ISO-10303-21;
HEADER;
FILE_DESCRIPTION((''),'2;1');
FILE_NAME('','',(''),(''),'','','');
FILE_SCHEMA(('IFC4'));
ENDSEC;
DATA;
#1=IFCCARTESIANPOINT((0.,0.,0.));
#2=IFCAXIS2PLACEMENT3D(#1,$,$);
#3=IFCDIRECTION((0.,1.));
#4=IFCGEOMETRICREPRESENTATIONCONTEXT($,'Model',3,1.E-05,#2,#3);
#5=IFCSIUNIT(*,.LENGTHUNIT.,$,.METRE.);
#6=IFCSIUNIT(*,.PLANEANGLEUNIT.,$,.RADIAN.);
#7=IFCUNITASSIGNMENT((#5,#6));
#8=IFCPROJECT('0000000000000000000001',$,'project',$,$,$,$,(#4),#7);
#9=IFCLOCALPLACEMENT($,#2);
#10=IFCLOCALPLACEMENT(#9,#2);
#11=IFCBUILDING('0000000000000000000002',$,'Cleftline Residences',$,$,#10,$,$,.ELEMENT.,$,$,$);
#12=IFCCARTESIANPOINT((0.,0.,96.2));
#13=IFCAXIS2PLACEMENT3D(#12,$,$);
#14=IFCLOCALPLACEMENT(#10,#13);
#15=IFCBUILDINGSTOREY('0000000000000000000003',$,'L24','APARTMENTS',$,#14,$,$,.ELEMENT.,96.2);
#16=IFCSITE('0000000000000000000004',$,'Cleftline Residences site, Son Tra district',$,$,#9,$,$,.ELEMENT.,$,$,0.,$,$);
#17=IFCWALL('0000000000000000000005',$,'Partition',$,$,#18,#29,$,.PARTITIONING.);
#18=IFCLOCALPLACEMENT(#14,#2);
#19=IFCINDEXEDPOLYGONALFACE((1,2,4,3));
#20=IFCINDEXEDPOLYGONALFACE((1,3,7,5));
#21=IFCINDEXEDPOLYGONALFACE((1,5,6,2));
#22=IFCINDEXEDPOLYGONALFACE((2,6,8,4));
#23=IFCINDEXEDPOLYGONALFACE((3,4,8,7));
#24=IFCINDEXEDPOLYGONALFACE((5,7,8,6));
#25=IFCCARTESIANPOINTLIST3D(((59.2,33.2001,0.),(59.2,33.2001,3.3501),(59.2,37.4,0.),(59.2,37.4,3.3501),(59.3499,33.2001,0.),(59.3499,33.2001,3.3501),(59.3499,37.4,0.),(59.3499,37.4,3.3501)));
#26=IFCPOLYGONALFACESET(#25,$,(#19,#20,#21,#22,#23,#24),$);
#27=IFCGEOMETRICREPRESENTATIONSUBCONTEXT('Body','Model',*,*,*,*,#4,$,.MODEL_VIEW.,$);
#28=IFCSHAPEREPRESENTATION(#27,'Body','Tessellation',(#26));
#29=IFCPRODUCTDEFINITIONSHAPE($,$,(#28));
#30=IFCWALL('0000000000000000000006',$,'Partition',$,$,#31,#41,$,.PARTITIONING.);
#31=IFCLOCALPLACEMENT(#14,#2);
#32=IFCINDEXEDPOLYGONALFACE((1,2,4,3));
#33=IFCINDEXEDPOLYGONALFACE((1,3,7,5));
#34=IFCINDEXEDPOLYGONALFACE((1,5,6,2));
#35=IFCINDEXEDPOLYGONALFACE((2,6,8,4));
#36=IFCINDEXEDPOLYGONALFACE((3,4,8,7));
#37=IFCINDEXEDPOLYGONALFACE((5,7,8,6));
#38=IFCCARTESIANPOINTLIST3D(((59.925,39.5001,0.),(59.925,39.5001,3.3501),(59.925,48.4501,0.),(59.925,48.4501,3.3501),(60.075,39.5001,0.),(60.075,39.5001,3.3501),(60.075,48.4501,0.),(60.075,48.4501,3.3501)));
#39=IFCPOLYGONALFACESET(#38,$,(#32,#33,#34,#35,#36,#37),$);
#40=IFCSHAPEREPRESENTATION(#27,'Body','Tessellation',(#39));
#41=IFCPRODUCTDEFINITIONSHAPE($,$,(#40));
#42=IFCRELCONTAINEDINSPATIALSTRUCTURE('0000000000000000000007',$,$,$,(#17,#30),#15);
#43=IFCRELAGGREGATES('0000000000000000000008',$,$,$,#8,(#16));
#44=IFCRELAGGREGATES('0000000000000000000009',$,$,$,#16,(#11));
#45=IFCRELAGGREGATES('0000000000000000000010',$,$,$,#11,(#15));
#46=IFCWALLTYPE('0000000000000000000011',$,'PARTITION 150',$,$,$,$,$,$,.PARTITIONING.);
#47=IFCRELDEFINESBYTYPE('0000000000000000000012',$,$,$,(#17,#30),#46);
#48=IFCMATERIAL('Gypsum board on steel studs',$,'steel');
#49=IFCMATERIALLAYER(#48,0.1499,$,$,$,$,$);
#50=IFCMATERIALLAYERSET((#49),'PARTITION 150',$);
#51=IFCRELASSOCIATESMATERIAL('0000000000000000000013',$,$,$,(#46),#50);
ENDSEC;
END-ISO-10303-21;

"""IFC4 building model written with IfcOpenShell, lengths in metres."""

from ifc_helpers import new_model, si_unit, direction, frame, frame_2d, origin, place, context, subcontext, project, spatial, rectangle, extrude, material, layer, layer_set, type_object, element, save


model = new_model("IFC4")

# Units and contexts
model_context = context("Model", 3, precision=1e-05, world=origin(), true_north=direction((0.0, 1.0)))
body_context = subcontext(model_context, "Body", "Model", "MODEL_VIEW")
ifc_project = project(units=[si_unit("LENGTHUNIT", "METRE"), si_unit("PLANEANGLEUNIT", "RADIAN")], contexts=[model_context])

# Site, building, storey
site_placement = place(None, origin())
site = spatial("IfcSite", under=ifc_project, at=site_placement, Name="Cleftline Residences site, Son Tra district", CompositionType="ELEMENT", RefElevation=0.0)
building_placement = place(site_placement, origin())
building = spatial("IfcBuilding", under=site, at=building_placement, Name="Cleftline Residences", CompositionType="ELEMENT")
storey_placement = place(building_placement, frame((0.0, 0.0, 96.2)))
storey = spatial("IfcBuildingStorey", under=building, at=storey_placement, Name="L24", Description="APARTMENTS", CompositionType="ELEMENT", Elevation=96.2)

# Shared definitions
ifc_material_1 = material(Name="Gypsum board on steel studs", Category="steel")
ifc_layer_1 = layer(ifc_material_1, 0.1499)
ifc_layer_set_1 = layer_set([ifc_layer_1], Name="PARTITION 150")
wall_type_1 = type_object("IfcWallType", Name="PARTITION 150", PredefinedType="PARTITIONING", material=ifc_layer_set_1)

# Walls
wall_1_placement = place(storey_placement, frame((59.2749, 33.2, 0.0), z_axis=(0.0, 0.0, 1.0), x_axis=(0.0, 1.0, 0.0)))
element("IfcWall", 1, at=wall_1_placement, inside=storey, type_object=wall_type_1, Name="Partition", PredefinedType="PARTITIONING", context=body_context, shape_type="SweptSolid", body=[
    extrude(rectangle(XDim=4.2, YDim=0.1499, at=frame_2d((2.1001, 0.0))), origin(), (0.0, 0.0, 1.0), 3.3501),
])
wall_2_placement = place(storey_placement, frame((60.0, 39.5, 0.0), z_axis=(0.0, 0.0, 1.0), x_axis=(0.0, 1.0, 0.0)))
element("IfcWall", 2, at=wall_2_placement, inside=storey, type_object=wall_type_1, Name="Partition", PredefinedType="PARTITIONING", context=body_context, shape_type="SweptSolid", body=[
    extrude(rectangle(XDim=8.95, YDim=0.1499, at=frame_2d((4.4751, 0.0))), origin(), (0.0, 0.0, 1.0), 3.3501),
])

save(model, "model.ifc")
